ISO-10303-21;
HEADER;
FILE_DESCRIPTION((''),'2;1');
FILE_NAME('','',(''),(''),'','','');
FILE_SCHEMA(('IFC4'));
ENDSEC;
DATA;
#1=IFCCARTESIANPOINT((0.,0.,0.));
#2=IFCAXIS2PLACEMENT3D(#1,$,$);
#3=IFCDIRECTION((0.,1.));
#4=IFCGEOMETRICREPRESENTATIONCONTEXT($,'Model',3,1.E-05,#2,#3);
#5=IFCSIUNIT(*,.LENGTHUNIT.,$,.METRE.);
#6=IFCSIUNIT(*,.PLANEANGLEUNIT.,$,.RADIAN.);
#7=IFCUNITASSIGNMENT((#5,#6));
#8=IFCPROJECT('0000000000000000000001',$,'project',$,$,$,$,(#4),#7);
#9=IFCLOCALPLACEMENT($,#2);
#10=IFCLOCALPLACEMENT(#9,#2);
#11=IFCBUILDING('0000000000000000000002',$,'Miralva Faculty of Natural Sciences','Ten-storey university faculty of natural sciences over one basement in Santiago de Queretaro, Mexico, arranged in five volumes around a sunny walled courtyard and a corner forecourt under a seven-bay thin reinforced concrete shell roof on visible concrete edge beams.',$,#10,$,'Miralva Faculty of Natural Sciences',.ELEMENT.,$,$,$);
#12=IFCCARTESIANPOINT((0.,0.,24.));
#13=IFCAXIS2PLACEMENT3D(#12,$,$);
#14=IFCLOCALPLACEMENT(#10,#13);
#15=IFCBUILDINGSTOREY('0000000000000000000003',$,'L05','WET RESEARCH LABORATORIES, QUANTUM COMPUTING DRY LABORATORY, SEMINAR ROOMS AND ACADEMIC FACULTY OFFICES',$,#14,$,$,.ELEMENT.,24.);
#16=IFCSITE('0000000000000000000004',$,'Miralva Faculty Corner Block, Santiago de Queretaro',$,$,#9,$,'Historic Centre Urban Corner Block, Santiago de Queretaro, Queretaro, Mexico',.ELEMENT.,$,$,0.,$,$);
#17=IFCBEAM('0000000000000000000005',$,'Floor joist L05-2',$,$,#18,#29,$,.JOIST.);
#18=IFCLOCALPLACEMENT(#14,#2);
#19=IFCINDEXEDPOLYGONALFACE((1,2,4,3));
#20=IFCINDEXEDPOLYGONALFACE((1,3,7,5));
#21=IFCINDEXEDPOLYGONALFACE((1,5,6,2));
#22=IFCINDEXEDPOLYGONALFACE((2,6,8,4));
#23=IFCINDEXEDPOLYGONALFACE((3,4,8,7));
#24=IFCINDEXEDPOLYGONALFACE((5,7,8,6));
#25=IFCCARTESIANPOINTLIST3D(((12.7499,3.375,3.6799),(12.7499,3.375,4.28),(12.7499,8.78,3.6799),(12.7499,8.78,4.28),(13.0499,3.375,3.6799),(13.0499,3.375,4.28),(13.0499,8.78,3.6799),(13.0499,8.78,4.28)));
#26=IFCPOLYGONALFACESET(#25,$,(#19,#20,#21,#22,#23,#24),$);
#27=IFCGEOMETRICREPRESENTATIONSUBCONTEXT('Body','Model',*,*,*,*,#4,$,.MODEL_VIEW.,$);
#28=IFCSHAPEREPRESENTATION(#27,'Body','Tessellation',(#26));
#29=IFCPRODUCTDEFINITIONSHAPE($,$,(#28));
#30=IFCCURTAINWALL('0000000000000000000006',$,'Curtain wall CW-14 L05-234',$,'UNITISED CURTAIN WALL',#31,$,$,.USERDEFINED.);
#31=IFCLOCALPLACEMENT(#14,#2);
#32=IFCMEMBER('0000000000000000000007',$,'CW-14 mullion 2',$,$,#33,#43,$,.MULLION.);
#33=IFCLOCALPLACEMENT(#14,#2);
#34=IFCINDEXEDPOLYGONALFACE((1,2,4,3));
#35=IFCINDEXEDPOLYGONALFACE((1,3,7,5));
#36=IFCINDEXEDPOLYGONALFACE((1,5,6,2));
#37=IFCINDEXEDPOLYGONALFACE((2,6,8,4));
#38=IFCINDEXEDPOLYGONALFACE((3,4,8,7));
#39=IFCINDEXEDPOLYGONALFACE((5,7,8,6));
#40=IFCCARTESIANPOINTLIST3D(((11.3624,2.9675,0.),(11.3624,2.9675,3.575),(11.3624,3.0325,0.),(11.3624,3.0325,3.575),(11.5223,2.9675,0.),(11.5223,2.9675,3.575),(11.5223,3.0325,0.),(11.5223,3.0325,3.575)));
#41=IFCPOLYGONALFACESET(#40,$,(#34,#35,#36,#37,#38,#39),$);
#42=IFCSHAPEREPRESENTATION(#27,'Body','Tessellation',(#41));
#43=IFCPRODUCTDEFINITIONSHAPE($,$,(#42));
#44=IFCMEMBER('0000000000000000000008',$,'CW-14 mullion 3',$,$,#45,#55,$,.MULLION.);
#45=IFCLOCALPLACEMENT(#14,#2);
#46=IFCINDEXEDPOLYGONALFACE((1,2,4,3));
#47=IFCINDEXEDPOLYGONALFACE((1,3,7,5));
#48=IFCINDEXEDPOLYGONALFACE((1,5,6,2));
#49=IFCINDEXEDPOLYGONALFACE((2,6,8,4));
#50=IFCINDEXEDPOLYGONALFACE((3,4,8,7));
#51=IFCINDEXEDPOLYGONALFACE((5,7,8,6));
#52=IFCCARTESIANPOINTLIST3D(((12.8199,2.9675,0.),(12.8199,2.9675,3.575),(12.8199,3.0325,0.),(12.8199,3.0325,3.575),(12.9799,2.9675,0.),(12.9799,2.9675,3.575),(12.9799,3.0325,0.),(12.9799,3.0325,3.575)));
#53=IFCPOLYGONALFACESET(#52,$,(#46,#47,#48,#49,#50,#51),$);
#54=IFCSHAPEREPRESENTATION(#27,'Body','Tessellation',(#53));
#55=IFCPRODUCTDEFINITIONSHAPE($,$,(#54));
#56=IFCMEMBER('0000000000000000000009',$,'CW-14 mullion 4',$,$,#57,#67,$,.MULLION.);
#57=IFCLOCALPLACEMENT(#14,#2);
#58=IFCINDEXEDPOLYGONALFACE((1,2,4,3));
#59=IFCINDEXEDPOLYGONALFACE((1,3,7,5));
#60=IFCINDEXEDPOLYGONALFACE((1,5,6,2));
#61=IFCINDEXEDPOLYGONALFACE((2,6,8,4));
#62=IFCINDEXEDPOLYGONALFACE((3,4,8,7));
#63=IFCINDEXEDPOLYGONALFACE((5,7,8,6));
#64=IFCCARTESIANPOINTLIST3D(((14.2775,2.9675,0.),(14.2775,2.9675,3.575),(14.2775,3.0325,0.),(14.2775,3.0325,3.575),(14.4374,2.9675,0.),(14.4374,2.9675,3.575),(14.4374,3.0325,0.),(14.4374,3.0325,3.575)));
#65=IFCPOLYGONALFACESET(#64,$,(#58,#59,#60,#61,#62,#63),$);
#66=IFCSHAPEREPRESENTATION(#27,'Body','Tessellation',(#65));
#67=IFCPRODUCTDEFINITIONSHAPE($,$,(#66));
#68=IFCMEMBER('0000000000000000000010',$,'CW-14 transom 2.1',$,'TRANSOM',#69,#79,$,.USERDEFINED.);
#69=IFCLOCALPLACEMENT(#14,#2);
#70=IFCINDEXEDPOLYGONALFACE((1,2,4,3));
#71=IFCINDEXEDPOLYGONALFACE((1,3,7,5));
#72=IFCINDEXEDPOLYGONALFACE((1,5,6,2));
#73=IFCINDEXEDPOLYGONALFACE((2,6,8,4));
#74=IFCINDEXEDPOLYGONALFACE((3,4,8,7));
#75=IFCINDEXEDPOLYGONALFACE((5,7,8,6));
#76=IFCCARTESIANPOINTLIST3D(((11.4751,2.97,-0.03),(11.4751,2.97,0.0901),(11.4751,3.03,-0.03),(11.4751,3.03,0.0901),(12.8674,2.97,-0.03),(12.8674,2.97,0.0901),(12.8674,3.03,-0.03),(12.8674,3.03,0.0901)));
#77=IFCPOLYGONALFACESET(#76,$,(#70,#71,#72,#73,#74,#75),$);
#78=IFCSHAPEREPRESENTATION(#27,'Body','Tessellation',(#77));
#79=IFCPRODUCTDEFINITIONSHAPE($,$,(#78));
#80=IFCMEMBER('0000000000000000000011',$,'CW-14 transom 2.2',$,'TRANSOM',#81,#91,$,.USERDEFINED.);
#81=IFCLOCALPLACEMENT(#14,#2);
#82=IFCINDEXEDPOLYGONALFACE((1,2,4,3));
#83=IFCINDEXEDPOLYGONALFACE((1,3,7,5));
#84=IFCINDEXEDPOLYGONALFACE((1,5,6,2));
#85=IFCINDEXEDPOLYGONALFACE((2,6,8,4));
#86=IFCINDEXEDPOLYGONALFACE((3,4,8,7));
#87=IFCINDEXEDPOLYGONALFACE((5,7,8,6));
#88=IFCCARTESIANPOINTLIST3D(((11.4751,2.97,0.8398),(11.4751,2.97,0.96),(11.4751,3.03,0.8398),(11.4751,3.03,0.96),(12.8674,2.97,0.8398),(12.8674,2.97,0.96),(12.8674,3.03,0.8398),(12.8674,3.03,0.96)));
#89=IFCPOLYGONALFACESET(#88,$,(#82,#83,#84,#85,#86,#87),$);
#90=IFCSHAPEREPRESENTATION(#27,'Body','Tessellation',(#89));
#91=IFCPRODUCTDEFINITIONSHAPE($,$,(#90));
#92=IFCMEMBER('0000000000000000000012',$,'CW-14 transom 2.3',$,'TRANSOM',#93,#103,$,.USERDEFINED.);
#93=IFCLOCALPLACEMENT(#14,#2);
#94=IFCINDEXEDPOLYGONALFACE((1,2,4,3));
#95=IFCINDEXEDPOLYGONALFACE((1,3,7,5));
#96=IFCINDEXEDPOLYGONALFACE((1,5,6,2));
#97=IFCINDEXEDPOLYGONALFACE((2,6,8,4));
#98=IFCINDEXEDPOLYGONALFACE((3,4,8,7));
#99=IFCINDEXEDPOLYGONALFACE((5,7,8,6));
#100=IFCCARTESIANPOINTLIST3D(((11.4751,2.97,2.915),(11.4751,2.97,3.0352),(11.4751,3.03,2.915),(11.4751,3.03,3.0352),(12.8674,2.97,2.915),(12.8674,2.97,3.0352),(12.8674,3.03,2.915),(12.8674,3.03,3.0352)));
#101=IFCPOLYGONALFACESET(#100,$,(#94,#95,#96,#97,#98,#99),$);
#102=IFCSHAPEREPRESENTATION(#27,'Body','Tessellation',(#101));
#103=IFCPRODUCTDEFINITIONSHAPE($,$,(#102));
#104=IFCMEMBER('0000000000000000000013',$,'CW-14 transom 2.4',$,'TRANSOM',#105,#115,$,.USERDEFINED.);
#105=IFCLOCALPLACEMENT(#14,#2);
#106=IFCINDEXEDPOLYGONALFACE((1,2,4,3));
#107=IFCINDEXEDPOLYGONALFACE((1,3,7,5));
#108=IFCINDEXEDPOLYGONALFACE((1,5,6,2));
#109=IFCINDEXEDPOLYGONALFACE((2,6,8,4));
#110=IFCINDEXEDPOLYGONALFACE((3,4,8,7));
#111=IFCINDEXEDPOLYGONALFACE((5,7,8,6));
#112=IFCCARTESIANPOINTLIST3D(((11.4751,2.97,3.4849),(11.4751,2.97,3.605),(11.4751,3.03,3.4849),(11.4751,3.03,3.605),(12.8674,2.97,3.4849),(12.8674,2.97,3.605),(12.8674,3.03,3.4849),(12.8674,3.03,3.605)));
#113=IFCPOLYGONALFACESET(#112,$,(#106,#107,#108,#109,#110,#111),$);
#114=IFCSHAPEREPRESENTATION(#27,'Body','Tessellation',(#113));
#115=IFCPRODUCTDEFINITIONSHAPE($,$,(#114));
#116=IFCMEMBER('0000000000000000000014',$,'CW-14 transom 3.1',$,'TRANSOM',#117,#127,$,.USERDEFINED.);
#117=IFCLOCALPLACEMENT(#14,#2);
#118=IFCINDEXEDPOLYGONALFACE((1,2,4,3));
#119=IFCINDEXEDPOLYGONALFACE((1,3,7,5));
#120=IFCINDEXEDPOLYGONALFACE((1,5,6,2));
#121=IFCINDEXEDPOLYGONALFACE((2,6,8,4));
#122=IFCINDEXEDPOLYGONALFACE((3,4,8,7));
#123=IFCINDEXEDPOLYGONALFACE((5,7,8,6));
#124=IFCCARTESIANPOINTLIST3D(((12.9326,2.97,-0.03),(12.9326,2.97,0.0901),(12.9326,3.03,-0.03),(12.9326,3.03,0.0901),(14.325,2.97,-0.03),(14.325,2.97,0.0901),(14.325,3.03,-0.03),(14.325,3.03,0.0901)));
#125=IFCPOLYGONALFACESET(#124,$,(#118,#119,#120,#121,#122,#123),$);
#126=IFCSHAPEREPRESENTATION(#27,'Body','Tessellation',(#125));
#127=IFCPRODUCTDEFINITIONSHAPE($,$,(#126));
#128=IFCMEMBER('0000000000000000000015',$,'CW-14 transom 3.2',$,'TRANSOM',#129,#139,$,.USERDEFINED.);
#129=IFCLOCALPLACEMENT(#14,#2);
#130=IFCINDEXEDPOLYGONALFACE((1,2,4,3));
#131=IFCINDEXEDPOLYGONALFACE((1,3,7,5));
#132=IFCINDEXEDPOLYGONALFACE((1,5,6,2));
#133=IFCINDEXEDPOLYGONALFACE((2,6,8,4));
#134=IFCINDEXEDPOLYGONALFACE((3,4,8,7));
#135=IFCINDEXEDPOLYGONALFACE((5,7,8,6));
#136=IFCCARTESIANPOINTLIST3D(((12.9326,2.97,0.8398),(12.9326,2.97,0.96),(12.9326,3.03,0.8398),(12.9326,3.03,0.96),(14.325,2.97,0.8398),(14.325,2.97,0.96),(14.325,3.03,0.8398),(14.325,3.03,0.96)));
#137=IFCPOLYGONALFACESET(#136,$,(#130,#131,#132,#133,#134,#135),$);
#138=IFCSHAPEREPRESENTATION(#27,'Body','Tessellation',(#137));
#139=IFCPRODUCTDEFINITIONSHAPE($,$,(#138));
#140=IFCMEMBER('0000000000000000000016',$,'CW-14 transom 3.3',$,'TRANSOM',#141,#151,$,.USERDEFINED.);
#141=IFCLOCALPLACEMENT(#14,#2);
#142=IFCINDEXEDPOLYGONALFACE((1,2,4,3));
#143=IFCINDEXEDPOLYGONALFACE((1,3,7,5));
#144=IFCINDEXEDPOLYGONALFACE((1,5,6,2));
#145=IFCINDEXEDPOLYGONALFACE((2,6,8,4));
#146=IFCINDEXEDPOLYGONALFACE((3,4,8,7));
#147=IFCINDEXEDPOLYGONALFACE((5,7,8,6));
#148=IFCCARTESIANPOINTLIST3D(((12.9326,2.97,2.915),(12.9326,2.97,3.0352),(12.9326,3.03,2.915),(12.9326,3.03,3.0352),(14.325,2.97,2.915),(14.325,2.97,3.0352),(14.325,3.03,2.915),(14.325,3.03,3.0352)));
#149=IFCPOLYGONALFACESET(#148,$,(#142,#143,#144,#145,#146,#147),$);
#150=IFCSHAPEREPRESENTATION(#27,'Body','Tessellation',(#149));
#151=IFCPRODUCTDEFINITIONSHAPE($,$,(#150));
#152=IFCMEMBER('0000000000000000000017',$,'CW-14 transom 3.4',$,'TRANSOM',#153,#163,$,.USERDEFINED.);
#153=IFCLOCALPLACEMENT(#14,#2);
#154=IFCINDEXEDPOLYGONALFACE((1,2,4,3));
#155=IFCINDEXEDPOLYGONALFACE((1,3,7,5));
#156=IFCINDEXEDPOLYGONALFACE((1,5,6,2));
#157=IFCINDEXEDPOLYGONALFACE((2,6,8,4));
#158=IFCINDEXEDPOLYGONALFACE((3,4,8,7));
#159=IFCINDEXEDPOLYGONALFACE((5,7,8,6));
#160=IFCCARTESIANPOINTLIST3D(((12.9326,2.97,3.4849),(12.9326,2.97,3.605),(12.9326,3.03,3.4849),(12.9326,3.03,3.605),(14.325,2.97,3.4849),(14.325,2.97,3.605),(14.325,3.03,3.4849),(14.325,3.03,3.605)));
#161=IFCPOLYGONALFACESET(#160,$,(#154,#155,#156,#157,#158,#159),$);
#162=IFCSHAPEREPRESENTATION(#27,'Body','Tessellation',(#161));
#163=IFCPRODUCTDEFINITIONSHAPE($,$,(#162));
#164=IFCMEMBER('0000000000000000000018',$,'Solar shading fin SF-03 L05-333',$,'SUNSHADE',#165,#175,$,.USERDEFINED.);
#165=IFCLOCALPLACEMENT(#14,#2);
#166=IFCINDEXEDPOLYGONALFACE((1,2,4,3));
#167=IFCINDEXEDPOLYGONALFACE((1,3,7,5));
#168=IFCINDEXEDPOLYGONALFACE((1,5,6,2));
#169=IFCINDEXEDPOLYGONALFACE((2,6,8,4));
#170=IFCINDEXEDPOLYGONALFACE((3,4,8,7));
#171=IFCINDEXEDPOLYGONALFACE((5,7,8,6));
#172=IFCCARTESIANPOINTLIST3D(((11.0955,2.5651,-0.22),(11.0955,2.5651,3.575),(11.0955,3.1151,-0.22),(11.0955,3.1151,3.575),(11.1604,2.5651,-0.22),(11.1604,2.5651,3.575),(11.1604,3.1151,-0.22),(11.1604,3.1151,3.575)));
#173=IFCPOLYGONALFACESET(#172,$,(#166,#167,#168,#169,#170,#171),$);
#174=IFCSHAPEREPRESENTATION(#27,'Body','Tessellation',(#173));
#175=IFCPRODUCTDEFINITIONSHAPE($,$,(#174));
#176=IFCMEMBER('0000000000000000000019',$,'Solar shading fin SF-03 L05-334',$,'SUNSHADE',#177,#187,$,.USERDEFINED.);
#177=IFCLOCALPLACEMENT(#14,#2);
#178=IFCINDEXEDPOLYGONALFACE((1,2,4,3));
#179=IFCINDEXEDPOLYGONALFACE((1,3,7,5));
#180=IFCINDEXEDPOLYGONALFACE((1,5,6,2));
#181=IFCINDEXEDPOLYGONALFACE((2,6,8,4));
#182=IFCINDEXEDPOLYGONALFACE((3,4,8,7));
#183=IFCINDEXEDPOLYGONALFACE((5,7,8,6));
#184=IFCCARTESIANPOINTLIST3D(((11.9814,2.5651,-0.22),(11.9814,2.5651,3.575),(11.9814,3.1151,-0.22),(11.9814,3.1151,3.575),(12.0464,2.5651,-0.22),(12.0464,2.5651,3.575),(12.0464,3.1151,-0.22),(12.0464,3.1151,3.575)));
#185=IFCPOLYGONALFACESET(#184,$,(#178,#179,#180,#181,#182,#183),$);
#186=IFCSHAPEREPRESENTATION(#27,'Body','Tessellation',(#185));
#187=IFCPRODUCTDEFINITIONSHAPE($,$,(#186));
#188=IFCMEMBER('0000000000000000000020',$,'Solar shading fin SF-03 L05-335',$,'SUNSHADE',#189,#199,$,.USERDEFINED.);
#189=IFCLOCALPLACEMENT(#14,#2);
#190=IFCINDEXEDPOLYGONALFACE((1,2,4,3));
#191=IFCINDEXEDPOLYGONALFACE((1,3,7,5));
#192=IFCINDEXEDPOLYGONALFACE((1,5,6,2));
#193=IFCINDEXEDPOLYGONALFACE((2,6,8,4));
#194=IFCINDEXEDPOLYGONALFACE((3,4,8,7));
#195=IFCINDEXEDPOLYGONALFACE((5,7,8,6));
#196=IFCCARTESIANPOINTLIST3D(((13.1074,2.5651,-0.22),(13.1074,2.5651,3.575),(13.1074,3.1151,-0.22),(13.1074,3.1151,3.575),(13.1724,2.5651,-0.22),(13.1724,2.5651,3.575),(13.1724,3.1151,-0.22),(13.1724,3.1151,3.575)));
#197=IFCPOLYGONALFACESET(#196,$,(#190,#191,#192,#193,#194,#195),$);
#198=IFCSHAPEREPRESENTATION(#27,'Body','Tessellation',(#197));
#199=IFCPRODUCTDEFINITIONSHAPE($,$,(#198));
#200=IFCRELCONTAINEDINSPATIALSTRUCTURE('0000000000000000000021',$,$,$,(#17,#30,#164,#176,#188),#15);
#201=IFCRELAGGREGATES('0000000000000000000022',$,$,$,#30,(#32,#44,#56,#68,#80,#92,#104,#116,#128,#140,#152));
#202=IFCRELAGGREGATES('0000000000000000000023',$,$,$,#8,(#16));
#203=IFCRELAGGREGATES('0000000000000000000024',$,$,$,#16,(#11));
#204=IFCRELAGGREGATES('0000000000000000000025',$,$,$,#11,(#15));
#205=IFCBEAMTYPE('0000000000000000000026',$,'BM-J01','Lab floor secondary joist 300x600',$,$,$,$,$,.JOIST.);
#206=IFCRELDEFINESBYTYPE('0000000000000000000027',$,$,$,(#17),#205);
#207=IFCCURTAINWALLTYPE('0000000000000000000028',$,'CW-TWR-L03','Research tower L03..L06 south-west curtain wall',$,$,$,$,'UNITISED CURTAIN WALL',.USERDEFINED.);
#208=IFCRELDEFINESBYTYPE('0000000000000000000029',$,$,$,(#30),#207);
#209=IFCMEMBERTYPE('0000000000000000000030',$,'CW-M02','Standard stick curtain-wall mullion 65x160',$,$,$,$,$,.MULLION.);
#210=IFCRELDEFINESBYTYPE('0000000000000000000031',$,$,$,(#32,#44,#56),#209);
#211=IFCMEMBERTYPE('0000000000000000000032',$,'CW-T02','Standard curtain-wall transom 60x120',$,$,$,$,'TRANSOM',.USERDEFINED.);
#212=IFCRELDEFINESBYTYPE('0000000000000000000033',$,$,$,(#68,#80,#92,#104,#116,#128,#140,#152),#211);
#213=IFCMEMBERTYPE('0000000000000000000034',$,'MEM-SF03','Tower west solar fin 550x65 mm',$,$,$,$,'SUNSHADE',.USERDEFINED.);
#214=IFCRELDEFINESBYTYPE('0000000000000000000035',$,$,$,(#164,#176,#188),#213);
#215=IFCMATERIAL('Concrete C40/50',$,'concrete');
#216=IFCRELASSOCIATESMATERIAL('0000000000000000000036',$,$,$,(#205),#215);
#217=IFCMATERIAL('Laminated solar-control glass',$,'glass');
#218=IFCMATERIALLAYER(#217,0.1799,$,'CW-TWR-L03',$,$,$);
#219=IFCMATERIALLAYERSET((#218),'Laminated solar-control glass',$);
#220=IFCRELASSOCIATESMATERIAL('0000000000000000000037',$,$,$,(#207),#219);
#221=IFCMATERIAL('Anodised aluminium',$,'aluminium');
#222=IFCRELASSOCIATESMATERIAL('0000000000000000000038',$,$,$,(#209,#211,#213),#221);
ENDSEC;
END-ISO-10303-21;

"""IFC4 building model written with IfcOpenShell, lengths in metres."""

from ifc_helpers import new_model, si_unit, direction, frame, origin, origin_2d, place, context, subcontext, project, spatial, rectangle, extrude, material, layer, layer_set, material_profile, profile_set, type_object, element, aggregate, save


model = new_model("IFC4")

# Units and contexts
model_context = context("Model", 3, precision=1e-05, world=origin(), true_north=direction((0.0, 1.0)))
body_context = subcontext(model_context, "Body", "Model", "MODEL_VIEW")
ifc_project = project(units=[si_unit("LENGTHUNIT", "METRE"), si_unit("PLANEANGLEUNIT", "RADIAN")], contexts=[model_context])

# Site, building, storey
site_placement = place(None, origin())
site = spatial("IfcSite", under=ifc_project, at=site_placement, Name="Miralva Faculty Corner Block, Santiago de Queretaro", LongName="Historic Centre Urban Corner Block, Santiago de Queretaro, Queretaro, Mexico", CompositionType="ELEMENT", RefElevation=0.0)
building_placement = place(site_placement, origin())
building = spatial("IfcBuilding", under=site, at=building_placement, Name="Miralva Faculty of Natural Sciences", Description="Ten-storey university faculty of natural sciences over one basement in Santiago de Queretaro, Mexico, arranged in five volumes around a sunny walled courtyard and a corner forecourt under a seven-bay thin reinforced concrete shell roof on visible concrete edge beams.", LongName="Miralva Faculty of Natural Sciences", CompositionType="ELEMENT")
storey_placement = place(building_placement, frame((0.0, 0.0, 24.0)))
storey = spatial("IfcBuildingStorey", under=building, at=storey_placement, Name="L05", Description="WET RESEARCH LABORATORIES, QUANTUM COMPUTING DRY LABORATORY, SEMINAR ROOMS AND ACADEMIC FACULTY OFFICES", CompositionType="ELEMENT", Elevation=24.0)

# Beam
ifc_material_1 = material(Name="Concrete C40/50", Category="concrete")
ifc_material_profile_1 = material_profile(ifc_material_1, rectangle(XDim=0.3, YDim=0.6001, at=origin_2d()), Name="RC 300x600")
ifc_profile_set_1 = profile_set([ifc_material_profile_1], Name="Concrete C40/50")
beam_type = type_object("IfcBeamType", Name="BM-J01", Description="Lab floor secondary joist 300x600", PredefinedType="JOIST", material=ifc_profile_set_1)
beam_placement = place(storey_placement, frame((12.8999, 3.375, 3.98), z_axis=(0.0, 1.0, 0.0), x_axis=(-1.0, 0.0, 0.0)))
element("IfcBeam", 1, at=beam_placement, inside=storey, type_object=beam_type, Name="Floor joist L05-2", PredefinedType="JOIST", context=body_context, shape_type="SweptSolid", body=[
    extrude(rectangle(XDim=0.3, YDim=0.6001, at=origin_2d()), origin(), (0.0, 0.0, 1.0), 5.405),
])

# Curtain wall, members
ifc_material_2 = material(Name="Laminated solar-control glass", Category="glass")
ifc_layer_1 = layer(ifc_material_2, 0.1799, Name="CW-TWR-L03")
ifc_layer_set_1 = layer_set([ifc_layer_1], Name="Laminated solar-control glass")
curtain_wall_type = type_object("IfcCurtainWallType", Name="CW-TWR-L03", Description="Research tower L03..L06 south-west curtain wall", ElementType="UNITISED CURTAIN WALL", PredefinedType="USERDEFINED", material=ifc_layer_set_1)
curtain_wall_placement = place(storey_placement, origin())
curtain_wall = element("IfcCurtainWall", 2, at=curtain_wall_placement, inside=storey, type_object=curtain_wall_type, Name="Curtain wall CW-14 L05-234", ObjectType="UNITISED CURTAIN WALL", PredefinedType="USERDEFINED")
ifc_material_3 = material(Name="Anodised aluminium", Category="aluminium")
ifc_material_profile_2 = material_profile(ifc_material_3, rectangle(XDim=0.0649, YDim=0.1599, at=origin_2d()), Name="MULLION 65x160")
ifc_profile_set_2 = profile_set([ifc_material_profile_2], Name="Anodised aluminium")
member_type_1 = type_object("IfcMemberType", Name="CW-M02", Description="Standard stick curtain-wall mullion 65x160", PredefinedType="MULLION", material=ifc_profile_set_2)
member_1_placement = place(storey_placement, frame((11.4424, 3.0, 0.0), z_axis=(0.0, 0.0, 1.0), x_axis=(0.0, 1.0, 0.0)))
member_1 = element("IfcMember", 3, at=member_1_placement, type_object=member_type_1, Name="CW-14 mullion 2", PredefinedType="MULLION", context=body_context, shape_type="SweptSolid", body=[
    extrude(rectangle(XDim=0.0649, YDim=0.1599, at=origin_2d()), origin(), (0.0, 0.0, 1.0), 3.575),
])
member_2_placement = place(storey_placement, frame((12.8999, 3.0, 0.0), z_axis=(0.0, 0.0, 1.0), x_axis=(0.0, 1.0, 0.0)))
member_2 = element("IfcMember", 4, at=member_2_placement, type_object=member_type_1, Name="CW-14 mullion 3", PredefinedType="MULLION", context=body_context, shape_type="SweptSolid", body=[
    extrude(rectangle(XDim=0.0649, YDim=0.1599, at=origin_2d()), origin(), (0.0, 0.0, 1.0), 3.575),
])
member_3_placement = place(storey_placement, frame((14.3574, 3.0, 0.0), z_axis=(0.0, 0.0, 1.0), x_axis=(0.0, 1.0, 0.0)))
member_3 = element("IfcMember", 5, at=member_3_placement, type_object=member_type_1, Name="CW-14 mullion 4", PredefinedType="MULLION", context=body_context, shape_type="SweptSolid", body=[
    extrude(rectangle(XDim=0.0649, YDim=0.1599, at=origin_2d()), origin(), (0.0, 0.0, 1.0), 3.575),
])
ifc_material_profile_3 = material_profile(ifc_material_3, rectangle(XDim=0.0601, YDim=0.1201, at=origin_2d()), Name="TRANSOM 60x120")
ifc_profile_set_3 = profile_set([ifc_material_profile_3], Name="Anodised aluminium")
member_type_2 = type_object("IfcMemberType", Name="CW-T02", Description="Standard curtain-wall transom 60x120", ElementType="TRANSOM", PredefinedType="USERDEFINED", material=ifc_profile_set_3)
member_4_placement = place(storey_placement, frame((11.4751, 3.0, 0.03), z_axis=(1.0, 0.0, 0.0), x_axis=(0.0, 1.0, 0.0)))
member_4 = element("IfcMember", 6, at=member_4_placement, type_object=member_type_2, Name="CW-14 transom 2.1", ObjectType="TRANSOM", PredefinedType="USERDEFINED", context=body_context, shape_type="SweptSolid", body=[
    extrude(rectangle(XDim=0.0601, YDim=0.1201, at=origin_2d()), origin(), (0.0, 0.0, 1.0), 1.3923),
])
member_5_placement = place(storey_placement, frame((11.4751, 3.0, 0.8999), z_axis=(1.0, 0.0, 0.0), x_axis=(0.0, 1.0, 0.0)))
member_5 = element("IfcMember", 7, at=member_5_placement, type_object=member_type_2, Name="CW-14 transom 2.2", ObjectType="TRANSOM", PredefinedType="USERDEFINED", context=body_context, shape_type="SweptSolid", body=[
    extrude(rectangle(XDim=0.0601, YDim=0.1201, at=origin_2d()), origin(), (0.0, 0.0, 1.0), 1.3923),
])
member_6_placement = place(storey_placement, frame((11.4751, 3.0, 2.9751), z_axis=(1.0, 0.0, 0.0), x_axis=(0.0, 1.0, 0.0)))
member_6 = element("IfcMember", 8, at=member_6_placement, type_object=member_type_2, Name="CW-14 transom 2.3", ObjectType="TRANSOM", PredefinedType="USERDEFINED", context=body_context, shape_type="SweptSolid", body=[
    extrude(rectangle(XDim=0.0601, YDim=0.1201, at=origin_2d()), origin(), (0.0, 0.0, 1.0), 1.3923),
])
member_7_placement = place(storey_placement, frame((11.4751, 3.0, 3.5449), z_axis=(1.0, 0.0, 0.0), x_axis=(0.0, 1.0, 0.0)))
member_7 = element("IfcMember", 9, at=member_7_placement, type_object=member_type_2, Name="CW-14 transom 2.4", ObjectType="TRANSOM", PredefinedType="USERDEFINED", context=body_context, shape_type="SweptSolid", body=[
    extrude(rectangle(XDim=0.0601, YDim=0.1201, at=origin_2d()), origin(), (0.0, 0.0, 1.0), 1.3923),
])
member_8_placement = place(storey_placement, frame((12.9326, 3.0, 0.03), z_axis=(1.0, 0.0, 0.0), x_axis=(0.0, 1.0, 0.0)))
member_8 = element("IfcMember", 10, at=member_8_placement, type_object=member_type_2, Name="CW-14 transom 3.1", ObjectType="TRANSOM", PredefinedType="USERDEFINED", context=body_context, shape_type="SweptSolid", body=[
    extrude(rectangle(XDim=0.0601, YDim=0.1201, at=origin_2d()), origin(), (0.0, 0.0, 1.0), 1.3923),
])
member_9_placement = place(storey_placement, frame((12.9326, 3.0, 0.8999), z_axis=(1.0, 0.0, 0.0), x_axis=(0.0, 1.0, 0.0)))
member_9 = element("IfcMember", 11, at=member_9_placement, type_object=member_type_2, Name="CW-14 transom 3.2", ObjectType="TRANSOM", PredefinedType="USERDEFINED", context=body_context, shape_type="SweptSolid", body=[
    extrude(rectangle(XDim=0.0601, YDim=0.1201, at=origin_2d()), origin(), (0.0, 0.0, 1.0), 1.3923),
])
member_10_placement = place(storey_placement, frame((12.9326, 3.0, 2.9751), z_axis=(1.0, 0.0, 0.0), x_axis=(0.0, 1.0, 0.0)))
member_10 = element("IfcMember", 12, at=member_10_placement, type_object=member_type_2, Name="CW-14 transom 3.3", ObjectType="TRANSOM", PredefinedType="USERDEFINED", context=body_context, shape_type="SweptSolid", body=[
    extrude(rectangle(XDim=0.0601, YDim=0.1201, at=origin_2d()), origin(), (0.0, 0.0, 1.0), 1.3923),
])
member_11_placement = place(storey_placement, frame((12.9326, 3.0, 3.5449), z_axis=(1.0, 0.0, 0.0), x_axis=(0.0, 1.0, 0.0)))
member_11 = element("IfcMember", 13, at=member_11_placement, type_object=member_type_2, Name="CW-14 transom 3.4", ObjectType="TRANSOM", PredefinedType="USERDEFINED", context=body_context, shape_type="SweptSolid", body=[
    extrude(rectangle(XDim=0.0601, YDim=0.1201, at=origin_2d()), origin(), (0.0, 0.0, 1.0), 1.3923),
])

# Members
ifc_material_profile_4 = material_profile(ifc_material_3, rectangle(XDim=0.0649, YDim=0.55, at=origin_2d()), Name="FIN 550x65")
ifc_profile_set_4 = profile_set([ifc_material_profile_4], Name="Anodised aluminium")
member_type_3 = type_object("IfcMemberType", Name="MEM-SF03", Description="Tower west solar fin 550x65 mm", ElementType="SUNSHADE", PredefinedType="USERDEFINED", material=ifc_profile_set_4)
for number, where, z_axis, x_axis, name in (
    (14, (11.1279, 2.8401, -0.22), (0.0, 0.0, 1.0), (1.0, 0.0, 0.0), "Solar shading fin SF-03 L05-333"),
    (15, (12.0139, 2.8401, -0.22), (0.0, 0.0, 1.0), (1.0, 0.0, 0.0), "Solar shading fin SF-03 L05-334"),
    (16, (13.1399, 2.8401, -0.22), (0.0, 0.0, 1.0), (1.0, 0.0, 0.0), "Solar shading fin SF-03 L05-335"),
):
    element("IfcMember", number, at=place(storey_placement, frame(where, z_axis=z_axis, x_axis=x_axis)), inside=storey, type_object=member_type_3, Name=name, ObjectType="SUNSHADE", PredefinedType="USERDEFINED", context=body_context, shape_type="SweptSolid", body=[
        extrude(rectangle(XDim=0.0649, YDim=0.55, at=origin_2d()), origin(), (0.0, 0.0, 1.0), 3.7949),
    ])

aggregate(curtain_wall, [member_1, member_2, member_3, member_4, member_5, member_6, member_7, member_8, member_9, member_10, member_11])

save(model, "model.ifc")
